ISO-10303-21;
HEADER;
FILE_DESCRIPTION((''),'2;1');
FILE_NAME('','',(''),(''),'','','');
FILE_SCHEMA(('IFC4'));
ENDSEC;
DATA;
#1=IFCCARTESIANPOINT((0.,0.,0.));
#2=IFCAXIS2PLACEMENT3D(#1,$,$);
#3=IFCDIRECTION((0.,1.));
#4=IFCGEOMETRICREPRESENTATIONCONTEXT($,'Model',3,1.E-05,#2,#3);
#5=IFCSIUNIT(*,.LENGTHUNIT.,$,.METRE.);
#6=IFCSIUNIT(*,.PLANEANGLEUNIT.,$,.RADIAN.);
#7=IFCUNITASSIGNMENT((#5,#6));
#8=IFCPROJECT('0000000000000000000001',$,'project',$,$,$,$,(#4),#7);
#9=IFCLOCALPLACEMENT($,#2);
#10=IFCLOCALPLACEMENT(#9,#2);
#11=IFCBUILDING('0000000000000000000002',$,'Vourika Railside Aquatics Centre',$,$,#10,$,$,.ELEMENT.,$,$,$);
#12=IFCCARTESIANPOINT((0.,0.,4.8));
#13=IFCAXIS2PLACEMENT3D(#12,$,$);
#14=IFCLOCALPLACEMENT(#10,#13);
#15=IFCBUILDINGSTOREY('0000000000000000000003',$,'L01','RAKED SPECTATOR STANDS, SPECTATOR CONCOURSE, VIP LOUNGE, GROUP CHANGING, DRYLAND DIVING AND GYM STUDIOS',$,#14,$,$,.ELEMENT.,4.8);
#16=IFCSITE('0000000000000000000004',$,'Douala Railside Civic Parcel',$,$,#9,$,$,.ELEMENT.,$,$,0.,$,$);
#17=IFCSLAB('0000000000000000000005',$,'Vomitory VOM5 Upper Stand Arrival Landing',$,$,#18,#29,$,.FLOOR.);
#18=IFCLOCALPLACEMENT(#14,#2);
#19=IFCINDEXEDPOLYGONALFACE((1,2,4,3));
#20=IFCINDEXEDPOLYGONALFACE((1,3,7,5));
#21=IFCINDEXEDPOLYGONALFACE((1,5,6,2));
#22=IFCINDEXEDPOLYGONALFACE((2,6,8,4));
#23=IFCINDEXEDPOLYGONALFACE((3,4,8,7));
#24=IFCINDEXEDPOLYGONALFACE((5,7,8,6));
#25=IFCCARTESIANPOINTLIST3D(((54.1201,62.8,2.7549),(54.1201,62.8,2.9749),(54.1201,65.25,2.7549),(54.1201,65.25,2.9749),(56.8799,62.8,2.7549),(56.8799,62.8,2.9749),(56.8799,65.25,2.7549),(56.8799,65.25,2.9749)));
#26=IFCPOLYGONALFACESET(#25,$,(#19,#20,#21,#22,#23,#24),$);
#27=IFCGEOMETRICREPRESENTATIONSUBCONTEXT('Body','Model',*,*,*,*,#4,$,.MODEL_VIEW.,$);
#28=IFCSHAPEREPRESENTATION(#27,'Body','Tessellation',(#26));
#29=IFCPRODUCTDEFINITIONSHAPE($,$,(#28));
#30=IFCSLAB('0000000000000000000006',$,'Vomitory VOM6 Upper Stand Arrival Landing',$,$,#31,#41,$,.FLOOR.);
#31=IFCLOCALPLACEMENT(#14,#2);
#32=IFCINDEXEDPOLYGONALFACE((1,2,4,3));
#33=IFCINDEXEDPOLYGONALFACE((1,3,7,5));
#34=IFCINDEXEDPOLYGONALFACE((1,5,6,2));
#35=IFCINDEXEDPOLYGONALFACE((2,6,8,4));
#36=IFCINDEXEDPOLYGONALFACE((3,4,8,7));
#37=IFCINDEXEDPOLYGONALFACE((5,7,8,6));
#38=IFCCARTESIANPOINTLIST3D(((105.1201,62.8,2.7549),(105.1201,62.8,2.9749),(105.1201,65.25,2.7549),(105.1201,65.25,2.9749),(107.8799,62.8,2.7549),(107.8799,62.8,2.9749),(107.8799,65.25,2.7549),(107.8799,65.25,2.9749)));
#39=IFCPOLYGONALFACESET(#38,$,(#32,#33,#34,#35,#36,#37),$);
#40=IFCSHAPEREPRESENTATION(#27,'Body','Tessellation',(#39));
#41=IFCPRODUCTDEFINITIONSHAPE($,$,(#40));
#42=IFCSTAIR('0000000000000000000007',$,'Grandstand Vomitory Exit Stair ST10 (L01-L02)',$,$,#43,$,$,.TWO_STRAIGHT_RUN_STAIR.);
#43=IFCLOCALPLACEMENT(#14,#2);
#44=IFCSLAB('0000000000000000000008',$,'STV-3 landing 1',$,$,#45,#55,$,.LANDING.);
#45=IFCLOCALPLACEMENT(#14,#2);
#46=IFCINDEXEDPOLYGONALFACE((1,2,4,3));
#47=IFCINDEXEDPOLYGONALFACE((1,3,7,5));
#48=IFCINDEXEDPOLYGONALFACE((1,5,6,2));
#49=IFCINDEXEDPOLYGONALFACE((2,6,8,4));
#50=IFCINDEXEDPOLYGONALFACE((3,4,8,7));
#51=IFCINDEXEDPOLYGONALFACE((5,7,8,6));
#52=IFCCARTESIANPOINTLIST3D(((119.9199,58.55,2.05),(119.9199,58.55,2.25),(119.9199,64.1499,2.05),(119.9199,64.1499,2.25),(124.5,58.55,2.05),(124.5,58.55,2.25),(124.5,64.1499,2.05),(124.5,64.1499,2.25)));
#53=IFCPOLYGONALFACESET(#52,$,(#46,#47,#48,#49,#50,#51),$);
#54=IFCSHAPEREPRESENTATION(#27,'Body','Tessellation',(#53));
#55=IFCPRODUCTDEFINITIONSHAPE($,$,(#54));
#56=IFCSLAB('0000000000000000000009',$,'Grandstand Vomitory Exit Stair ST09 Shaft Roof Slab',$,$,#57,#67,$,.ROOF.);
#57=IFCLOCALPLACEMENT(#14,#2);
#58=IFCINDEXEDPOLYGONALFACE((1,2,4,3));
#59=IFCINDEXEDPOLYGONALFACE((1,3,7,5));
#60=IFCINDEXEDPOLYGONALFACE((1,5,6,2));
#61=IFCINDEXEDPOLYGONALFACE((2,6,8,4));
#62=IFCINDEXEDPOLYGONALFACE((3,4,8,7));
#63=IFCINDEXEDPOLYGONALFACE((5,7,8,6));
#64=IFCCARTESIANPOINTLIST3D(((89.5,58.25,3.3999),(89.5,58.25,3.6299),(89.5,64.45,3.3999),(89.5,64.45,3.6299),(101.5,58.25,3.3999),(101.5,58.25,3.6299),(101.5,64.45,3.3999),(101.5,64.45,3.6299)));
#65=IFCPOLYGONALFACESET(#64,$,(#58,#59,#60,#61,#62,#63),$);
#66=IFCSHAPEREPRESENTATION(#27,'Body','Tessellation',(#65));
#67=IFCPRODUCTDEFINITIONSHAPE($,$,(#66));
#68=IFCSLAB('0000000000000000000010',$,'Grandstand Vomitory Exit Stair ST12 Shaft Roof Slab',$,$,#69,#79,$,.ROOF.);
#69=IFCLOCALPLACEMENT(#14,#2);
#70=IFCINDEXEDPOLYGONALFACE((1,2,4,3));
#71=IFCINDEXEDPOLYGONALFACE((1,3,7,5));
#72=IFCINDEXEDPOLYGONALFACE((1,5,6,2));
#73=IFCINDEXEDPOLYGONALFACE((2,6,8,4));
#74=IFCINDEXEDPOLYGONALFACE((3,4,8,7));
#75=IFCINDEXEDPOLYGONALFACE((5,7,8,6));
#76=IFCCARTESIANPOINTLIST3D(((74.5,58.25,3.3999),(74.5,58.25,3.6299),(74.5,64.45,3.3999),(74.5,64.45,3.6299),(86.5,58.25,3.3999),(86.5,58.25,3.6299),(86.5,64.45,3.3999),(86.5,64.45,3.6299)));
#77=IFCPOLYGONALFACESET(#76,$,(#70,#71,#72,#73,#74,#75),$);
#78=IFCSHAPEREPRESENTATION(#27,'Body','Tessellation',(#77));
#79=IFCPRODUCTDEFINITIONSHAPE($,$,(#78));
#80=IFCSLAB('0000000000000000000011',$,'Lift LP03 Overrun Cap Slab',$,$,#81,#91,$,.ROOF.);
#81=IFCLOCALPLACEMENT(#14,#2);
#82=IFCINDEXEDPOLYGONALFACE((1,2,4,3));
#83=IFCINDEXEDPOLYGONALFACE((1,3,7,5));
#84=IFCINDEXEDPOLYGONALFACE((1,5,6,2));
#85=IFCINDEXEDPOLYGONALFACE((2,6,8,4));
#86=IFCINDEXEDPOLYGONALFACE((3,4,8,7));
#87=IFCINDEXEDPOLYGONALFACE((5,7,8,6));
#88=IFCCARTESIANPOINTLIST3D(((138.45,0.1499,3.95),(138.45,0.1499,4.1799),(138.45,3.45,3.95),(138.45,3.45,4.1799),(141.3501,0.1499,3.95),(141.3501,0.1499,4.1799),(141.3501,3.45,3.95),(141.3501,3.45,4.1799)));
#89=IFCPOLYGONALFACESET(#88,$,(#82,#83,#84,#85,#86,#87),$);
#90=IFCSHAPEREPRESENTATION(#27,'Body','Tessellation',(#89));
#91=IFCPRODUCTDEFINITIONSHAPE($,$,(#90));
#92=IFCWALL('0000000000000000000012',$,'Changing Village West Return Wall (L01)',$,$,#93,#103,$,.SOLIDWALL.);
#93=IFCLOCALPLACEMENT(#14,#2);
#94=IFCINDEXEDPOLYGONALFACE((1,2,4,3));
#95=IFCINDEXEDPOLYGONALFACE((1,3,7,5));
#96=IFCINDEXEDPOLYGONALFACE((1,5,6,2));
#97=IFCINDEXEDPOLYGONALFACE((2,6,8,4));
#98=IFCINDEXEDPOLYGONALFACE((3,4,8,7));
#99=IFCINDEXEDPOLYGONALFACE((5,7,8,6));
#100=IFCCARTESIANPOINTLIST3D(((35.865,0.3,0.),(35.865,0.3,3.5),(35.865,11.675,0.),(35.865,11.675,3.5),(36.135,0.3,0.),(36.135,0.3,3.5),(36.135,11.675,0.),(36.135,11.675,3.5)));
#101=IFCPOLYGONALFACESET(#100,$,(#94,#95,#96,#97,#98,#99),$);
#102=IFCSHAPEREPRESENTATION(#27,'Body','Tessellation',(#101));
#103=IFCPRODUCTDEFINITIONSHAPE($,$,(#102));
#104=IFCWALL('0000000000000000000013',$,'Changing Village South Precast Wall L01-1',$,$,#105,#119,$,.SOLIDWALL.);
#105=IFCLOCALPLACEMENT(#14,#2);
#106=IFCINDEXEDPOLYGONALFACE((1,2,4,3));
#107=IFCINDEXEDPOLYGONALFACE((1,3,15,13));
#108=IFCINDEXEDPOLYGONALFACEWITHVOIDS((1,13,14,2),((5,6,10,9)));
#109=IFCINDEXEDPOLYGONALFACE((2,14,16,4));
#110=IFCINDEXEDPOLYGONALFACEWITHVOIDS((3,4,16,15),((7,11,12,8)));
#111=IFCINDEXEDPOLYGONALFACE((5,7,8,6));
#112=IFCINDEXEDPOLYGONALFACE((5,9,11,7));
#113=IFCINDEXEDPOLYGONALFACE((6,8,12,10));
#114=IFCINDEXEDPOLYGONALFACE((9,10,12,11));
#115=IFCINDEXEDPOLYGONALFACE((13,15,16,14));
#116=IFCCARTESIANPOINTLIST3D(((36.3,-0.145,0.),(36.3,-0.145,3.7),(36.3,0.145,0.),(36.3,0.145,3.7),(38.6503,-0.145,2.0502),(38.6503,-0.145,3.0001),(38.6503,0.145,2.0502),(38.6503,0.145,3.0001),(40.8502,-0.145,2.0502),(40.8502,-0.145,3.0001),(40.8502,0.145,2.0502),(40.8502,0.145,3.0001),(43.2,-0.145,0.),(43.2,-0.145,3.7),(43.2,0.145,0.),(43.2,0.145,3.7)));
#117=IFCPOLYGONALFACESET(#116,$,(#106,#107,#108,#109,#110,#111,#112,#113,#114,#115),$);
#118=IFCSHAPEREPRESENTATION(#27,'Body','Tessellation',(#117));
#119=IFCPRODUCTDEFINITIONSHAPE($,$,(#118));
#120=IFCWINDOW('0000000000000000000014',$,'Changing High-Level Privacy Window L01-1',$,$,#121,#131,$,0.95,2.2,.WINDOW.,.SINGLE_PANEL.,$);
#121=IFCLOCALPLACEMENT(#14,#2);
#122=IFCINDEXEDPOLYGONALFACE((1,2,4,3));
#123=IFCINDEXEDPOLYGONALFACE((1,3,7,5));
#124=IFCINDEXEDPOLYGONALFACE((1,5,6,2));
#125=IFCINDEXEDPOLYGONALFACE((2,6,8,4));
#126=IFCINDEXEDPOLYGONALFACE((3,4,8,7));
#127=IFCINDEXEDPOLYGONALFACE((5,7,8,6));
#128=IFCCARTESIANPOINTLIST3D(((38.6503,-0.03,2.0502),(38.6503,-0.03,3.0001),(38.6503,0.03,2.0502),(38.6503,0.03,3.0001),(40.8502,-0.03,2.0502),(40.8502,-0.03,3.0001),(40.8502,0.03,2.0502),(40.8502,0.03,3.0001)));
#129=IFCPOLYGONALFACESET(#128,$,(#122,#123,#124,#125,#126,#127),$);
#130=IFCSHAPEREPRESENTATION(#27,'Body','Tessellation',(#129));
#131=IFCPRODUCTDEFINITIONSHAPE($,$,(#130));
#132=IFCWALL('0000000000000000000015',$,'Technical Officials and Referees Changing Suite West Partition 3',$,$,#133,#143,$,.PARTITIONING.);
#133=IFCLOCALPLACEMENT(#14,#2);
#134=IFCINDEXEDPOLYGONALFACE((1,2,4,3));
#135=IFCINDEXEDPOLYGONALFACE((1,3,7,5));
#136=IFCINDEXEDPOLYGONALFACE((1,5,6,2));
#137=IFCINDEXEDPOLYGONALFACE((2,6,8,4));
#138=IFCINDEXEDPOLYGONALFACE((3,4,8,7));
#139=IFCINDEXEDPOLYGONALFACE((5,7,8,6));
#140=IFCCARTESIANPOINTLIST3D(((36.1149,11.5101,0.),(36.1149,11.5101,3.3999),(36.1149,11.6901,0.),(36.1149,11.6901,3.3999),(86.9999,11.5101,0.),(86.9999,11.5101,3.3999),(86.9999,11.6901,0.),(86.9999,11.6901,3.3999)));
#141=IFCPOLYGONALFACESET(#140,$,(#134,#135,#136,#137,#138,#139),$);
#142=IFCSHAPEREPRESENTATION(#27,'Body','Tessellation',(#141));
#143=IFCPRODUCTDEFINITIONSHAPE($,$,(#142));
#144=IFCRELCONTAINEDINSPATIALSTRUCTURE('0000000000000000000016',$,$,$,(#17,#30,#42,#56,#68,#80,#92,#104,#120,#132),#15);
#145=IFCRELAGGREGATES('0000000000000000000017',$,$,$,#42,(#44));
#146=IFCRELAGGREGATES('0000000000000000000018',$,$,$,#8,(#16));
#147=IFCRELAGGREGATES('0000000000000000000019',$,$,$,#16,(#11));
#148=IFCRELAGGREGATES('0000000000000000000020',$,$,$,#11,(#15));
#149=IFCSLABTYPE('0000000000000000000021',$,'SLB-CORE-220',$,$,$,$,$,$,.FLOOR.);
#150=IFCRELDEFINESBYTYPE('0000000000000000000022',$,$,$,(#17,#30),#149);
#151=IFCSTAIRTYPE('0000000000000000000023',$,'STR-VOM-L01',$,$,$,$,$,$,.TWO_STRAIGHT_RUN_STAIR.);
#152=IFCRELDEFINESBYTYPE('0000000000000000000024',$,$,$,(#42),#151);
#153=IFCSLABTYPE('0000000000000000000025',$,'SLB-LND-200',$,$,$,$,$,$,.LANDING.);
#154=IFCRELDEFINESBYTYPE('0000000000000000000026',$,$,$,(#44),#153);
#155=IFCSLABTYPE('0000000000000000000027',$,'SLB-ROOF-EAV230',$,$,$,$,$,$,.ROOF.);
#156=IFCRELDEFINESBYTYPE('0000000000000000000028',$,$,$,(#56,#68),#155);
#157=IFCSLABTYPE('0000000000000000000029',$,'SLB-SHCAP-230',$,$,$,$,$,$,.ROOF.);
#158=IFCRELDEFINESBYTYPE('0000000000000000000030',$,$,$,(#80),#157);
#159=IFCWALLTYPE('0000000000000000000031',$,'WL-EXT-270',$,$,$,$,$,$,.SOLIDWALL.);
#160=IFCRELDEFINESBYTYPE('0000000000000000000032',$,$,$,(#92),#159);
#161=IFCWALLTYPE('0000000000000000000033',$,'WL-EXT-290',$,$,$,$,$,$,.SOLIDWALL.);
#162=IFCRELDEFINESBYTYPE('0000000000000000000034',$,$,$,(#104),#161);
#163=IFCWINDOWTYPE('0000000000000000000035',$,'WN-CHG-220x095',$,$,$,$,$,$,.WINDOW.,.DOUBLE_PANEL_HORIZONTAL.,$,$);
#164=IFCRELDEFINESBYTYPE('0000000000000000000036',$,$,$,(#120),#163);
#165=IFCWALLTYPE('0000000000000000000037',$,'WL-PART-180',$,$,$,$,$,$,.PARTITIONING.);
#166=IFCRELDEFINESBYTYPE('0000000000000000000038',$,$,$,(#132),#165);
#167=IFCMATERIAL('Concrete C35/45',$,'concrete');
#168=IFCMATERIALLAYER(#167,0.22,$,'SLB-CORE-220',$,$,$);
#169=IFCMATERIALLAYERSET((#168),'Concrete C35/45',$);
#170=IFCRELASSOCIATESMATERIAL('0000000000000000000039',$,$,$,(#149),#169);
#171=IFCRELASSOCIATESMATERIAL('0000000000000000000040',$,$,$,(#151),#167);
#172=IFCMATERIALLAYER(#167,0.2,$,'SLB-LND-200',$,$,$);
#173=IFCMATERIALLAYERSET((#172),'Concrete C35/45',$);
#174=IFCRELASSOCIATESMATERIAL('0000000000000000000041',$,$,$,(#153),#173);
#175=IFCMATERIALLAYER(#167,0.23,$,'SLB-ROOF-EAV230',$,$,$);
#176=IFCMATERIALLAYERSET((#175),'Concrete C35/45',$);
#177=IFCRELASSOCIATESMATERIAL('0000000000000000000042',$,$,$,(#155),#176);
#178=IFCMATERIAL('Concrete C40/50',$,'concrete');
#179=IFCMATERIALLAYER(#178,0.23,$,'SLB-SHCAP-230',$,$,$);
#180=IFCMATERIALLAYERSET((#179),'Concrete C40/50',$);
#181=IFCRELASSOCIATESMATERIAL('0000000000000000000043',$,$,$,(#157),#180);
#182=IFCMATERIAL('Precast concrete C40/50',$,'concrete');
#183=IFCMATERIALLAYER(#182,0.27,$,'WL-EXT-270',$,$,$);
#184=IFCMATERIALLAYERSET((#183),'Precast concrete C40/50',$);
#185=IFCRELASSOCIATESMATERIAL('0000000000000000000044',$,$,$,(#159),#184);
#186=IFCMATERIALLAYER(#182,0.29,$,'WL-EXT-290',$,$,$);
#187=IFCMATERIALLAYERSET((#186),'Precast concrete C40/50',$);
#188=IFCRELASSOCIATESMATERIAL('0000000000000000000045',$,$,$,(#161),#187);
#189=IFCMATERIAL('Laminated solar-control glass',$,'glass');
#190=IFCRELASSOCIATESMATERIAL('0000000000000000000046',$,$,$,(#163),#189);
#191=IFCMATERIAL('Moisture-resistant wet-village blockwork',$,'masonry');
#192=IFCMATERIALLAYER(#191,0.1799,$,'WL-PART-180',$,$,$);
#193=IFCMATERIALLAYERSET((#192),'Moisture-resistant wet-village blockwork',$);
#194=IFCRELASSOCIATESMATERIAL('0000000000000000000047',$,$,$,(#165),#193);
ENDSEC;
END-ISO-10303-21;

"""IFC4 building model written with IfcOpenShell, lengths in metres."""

from ifc_helpers import new_model, si_unit, direction, frame, frame_2d, origin, place, context, subcontext, project, spatial, polyline, rectangle, outline, extrude, material, layer, layer_set, type_object, element, fill, aggregate, save


model = new_model("IFC4")

# Units and contexts
model_context = context("Model", 3, precision=1e-05, world=origin(), true_north=direction((0.0, 1.0)))
body_context = subcontext(model_context, "Body", "Model", "MODEL_VIEW")
ifc_project = project(units=[si_unit("LENGTHUNIT", "METRE"), si_unit("PLANEANGLEUNIT", "RADIAN")], contexts=[model_context])

# Site, building, storey
site_placement = place(None, origin())
site = spatial("IfcSite", under=ifc_project, at=site_placement, Name="Douala Railside Civic Parcel", CompositionType="ELEMENT", RefElevation=0.0)
building_placement = place(site_placement, origin())
building = spatial("IfcBuilding", under=site, at=building_placement, Name="Vourika Railside Aquatics Centre", CompositionType="ELEMENT")
storey_placement = place(building_placement, frame((0.0, 0.0, 4.8)))
storey = spatial("IfcBuildingStorey", under=building, at=storey_placement, Name="L01", Description="RAKED SPECTATOR STANDS, SPECTATOR CONCOURSE, VIP LOUNGE, GROUP CHANGING, DRYLAND DIVING AND GYM STUDIOS", CompositionType="ELEMENT", Elevation=4.8)

# Shared definitions
ifc_material_1 = material(Name="Concrete C40/50", Category="concrete")

# Shared definitions
ifc_material_2 = material(Name="Concrete C35/45", Category="concrete")

# Slabs
ifc_layer_1 = layer(ifc_material_2, 0.22, Name="SLB-CORE-220")
ifc_layer_set_1 = layer_set([ifc_layer_1], Name="Concrete C35/45")
slab_type_1 = type_object("IfcSlabType", Name="SLB-CORE-220", PredefinedType="FLOOR", material=ifc_layer_set_1)
slab_1_placement = place(storey_placement, frame((0.0, 0.0, 2.7549)))
element("IfcSlab", 1, at=slab_1_placement, inside=storey, type_object=slab_type_1, Name="Vomitory VOM5 Upper Stand Arrival Landing", PredefinedType="FLOOR", context=body_context, shape_type="SweptSolid", body=[
    extrude(outline(polyline([(54.1201, 62.8), (56.8799, 62.8), (56.8799, 65.25), (54.1201, 65.25), (54.1201, 62.8)])), origin(), (0.0, 0.0, 1.0), 0.22),
])
slab_2_placement = place(storey_placement, frame((0.0, 0.0, 2.7549)))
element("IfcSlab", 2, at=slab_2_placement, inside=storey, type_object=slab_type_1, Name="Vomitory VOM6 Upper Stand Arrival Landing", PredefinedType="FLOOR", context=body_context, shape_type="SweptSolid", body=[
    extrude(outline(polyline([(105.1201, 62.8), (107.8799, 62.8), (107.8799, 65.25), (105.1201, 65.25), (105.1201, 62.8)])), origin(), (0.0, 0.0, 1.0), 0.22),
])

# Stair, slab
stair_type = type_object("IfcStairType", Name="STR-VOM-L01", PredefinedType="TWO_STRAIGHT_RUN_STAIR", material=ifc_material_2)
stair_placement = place(storey_placement, origin())
stair = element("IfcStair", 3, at=stair_placement, inside=storey, type_object=stair_type, Name="Grandstand Vomitory Exit Stair ST10 (L01-L02)", PredefinedType="TWO_STRAIGHT_RUN_STAIR")
ifc_layer_2 = layer(ifc_material_2, 0.2, Name="SLB-LND-200")
ifc_layer_set_2 = layer_set([ifc_layer_2], Name="Concrete C35/45")
slab_type_2 = type_object("IfcSlabType", Name="SLB-LND-200", PredefinedType="LANDING", material=ifc_layer_set_2)
slab_3_placement = place(storey_placement, frame((0.0, 0.0, 2.05)))
slab_3 = element("IfcSlab", 4, at=slab_3_placement, type_object=slab_type_2, Name="STV-3 landing 1", PredefinedType="LANDING", context=body_context, shape_type="SweptSolid", body=[
    extrude(outline(polyline([(119.9199, 58.55), (124.5, 58.55), (124.5, 64.1499), (119.9199, 64.1499), (119.9199, 58.55)])), origin(), (0.0, 0.0, 1.0), 0.2),
])
aggregate(stair, [slab_3])

# Slabs
ifc_layer_3 = layer(ifc_material_2, 0.23, Name="SLB-ROOF-EAV230")
ifc_layer_set_3 = layer_set([ifc_layer_3], Name="Concrete C35/45")
slab_type_3 = type_object("IfcSlabType", Name="SLB-ROOF-EAV230", PredefinedType="ROOF", material=ifc_layer_set_3)
slab_4_placement = place(storey_placement, frame((0.0, 0.0, 3.3999)))
element("IfcSlab", 5, at=slab_4_placement, inside=storey, type_object=slab_type_3, Name="Grandstand Vomitory Exit Stair ST09 Shaft Roof Slab", PredefinedType="ROOF", context=body_context, shape_type="SweptSolid", body=[
    extrude(outline(polyline([(89.5, 58.25), (101.5, 58.25), (101.5, 64.45), (89.5, 64.45), (89.5, 58.25)])), origin(), (0.0, 0.0, 1.0), 0.23),
])
slab_5_placement = place(storey_placement, frame((0.0, 0.0, 3.3999)))
element("IfcSlab", 6, at=slab_5_placement, inside=storey, type_object=slab_type_3, Name="Grandstand Vomitory Exit Stair ST12 Shaft Roof Slab", PredefinedType="ROOF", context=body_context, shape_type="SweptSolid", body=[
    extrude(outline(polyline([(74.5, 58.25), (86.5, 58.25), (86.5, 64.45), (74.5, 64.45), (74.5, 58.25)])), origin(), (0.0, 0.0, 1.0), 0.23),
])
ifc_layer_4 = layer(ifc_material_1, 0.23, Name="SLB-SHCAP-230")
ifc_layer_set_4 = layer_set([ifc_layer_4], Name="Concrete C40/50")
slab_type_4 = type_object("IfcSlabType", Name="SLB-SHCAP-230", PredefinedType="ROOF", material=ifc_layer_set_4)
slab_6_placement = place(storey_placement, frame((0.0, 0.0, 3.95)))
element("IfcSlab", 7, at=slab_6_placement, inside=storey, type_object=slab_type_4, Name="Lift LP03 Overrun Cap Slab", PredefinedType="ROOF", context=body_context, shape_type="SweptSolid", body=[
    extrude(outline(polyline([(138.45, 0.1499), (141.3501, 0.1499), (141.3501, 3.45), (138.45, 3.45), (138.45, 0.1499)])), origin(), (0.0, 0.0, 1.0), 0.23),
])

# Wall
ifc_material_3 = material(Name="Precast concrete C40/50", Category="concrete")
ifc_layer_5 = layer(ifc_material_3, 0.27, Name="WL-EXT-270")
ifc_layer_set_5 = layer_set([ifc_layer_5], Name="Precast concrete C40/50")
wall_type_1 = type_object("IfcWallType", Name="WL-EXT-270", PredefinedType="SOLIDWALL", material=ifc_layer_set_5)
wall_1_placement = place(storey_placement, frame((36.0, 11.675, 0.0), z_axis=(0.0, 0.0, 1.0), x_axis=(0.0, -1.0, 0.0)))
element("IfcWall", 8, at=wall_1_placement, inside=storey, type_object=wall_type_1, Name="Changing Village West Return Wall (L01)", PredefinedType="SOLIDWALL", context=body_context, shape_type="SweptSolid", body=[
    extrude(rectangle(XDim=11.375, YDim=0.27, at=frame_2d((5.6875, 0.0))), origin(), (0.0, 0.0, 1.0), 3.5),
])

# Wall, opening, window
ifc_layer_6 = layer(ifc_material_3, 0.29, Name="WL-EXT-290")
ifc_layer_set_6 = layer_set([ifc_layer_6], Name="Precast concrete C40/50")
wall_type_2 = type_object("IfcWallType", Name="WL-EXT-290", PredefinedType="SOLIDWALL", material=ifc_layer_set_6)
wall_2_placement = place(storey_placement, frame((36.3, 0.0, 0.0), z_axis=(0.0, 0.0, 1.0), x_axis=(1.0, 0.0, 0.0)))
wall_2 = element("IfcWall", 9, at=wall_2_placement, inside=storey, type_object=wall_type_2, Name="Changing Village South Precast Wall L01-1", PredefinedType="SOLIDWALL", context=body_context, shape_type="SweptSolid", body=[
    extrude(rectangle(XDim=6.8999, YDim=0.29, at=frame_2d((3.45, 0.0))), origin(), (0.0, 0.0, 1.0), 3.7),
])
opening_placement = place(wall_2_placement, frame((2.3501, 0.0, 2.05)))
opening = element("IfcOpeningElement", 10, at=opening_placement, cuts=wall_2, PredefinedType="OPENING", context=body_context, shape_type="SweptSolid", body=[
    extrude(rectangle(XDim=2.2, YDim=0.95, at=frame_2d((1.1001, 0.4751))), frame((0.0, 0.155, 0.0), z_axis=(0.0, -1.0, 0.0), x_axis=(1.0, 0.0, 0.0)), (0.0, 0.0, 1.0), 0.3101),
])
ifc_material_4 = material(Name="Laminated solar-control glass", Category="glass")
window_type = type_object("IfcWindowType", Name="WN-CHG-220x095", PartitioningType="DOUBLE_PANEL_HORIZONTAL", PredefinedType="WINDOW", material=ifc_material_4)
window_placement = place(opening_placement, origin())
window = element("IfcWindow", 11, at=window_placement, inside=storey, type_object=window_type, Name="Changing High-Level Privacy Window L01-1", OverallHeight=0.95, OverallWidth=2.2, PartitioningType="SINGLE_PANEL", PredefinedType="WINDOW", context=body_context, shape_type="SweptSolid", body=[
    extrude(rectangle(XDim=2.2, YDim=0.95, at=frame_2d((1.1001, 0.4751))), frame((0.0, 0.03, 0.0), z_axis=(0.0, -1.0, 0.0), x_axis=(1.0, 0.0, 0.0)), (0.0, 0.0, 1.0), 0.0601),
])
fill(opening, window)

# Wall
ifc_material_5 = material(Name="Moisture-resistant wet-village blockwork", Category="masonry")
ifc_layer_7 = layer(ifc_material_5, 0.1799, Name="WL-PART-180")
ifc_layer_set_7 = layer_set([ifc_layer_7], Name="Moisture-resistant wet-village blockwork")
wall_type_3 = type_object("IfcWallType", Name="WL-PART-180", PredefinedType="PARTITIONING", material=ifc_layer_set_7)
wall_3_placement = place(storey_placement, frame((36.115, 11.6001, 0.0), z_axis=(0.0, 0.0, 1.0), x_axis=(1.0, 0.0, 0.0)))
element("IfcWall", 12, at=wall_3_placement, inside=storey, type_object=wall_type_3, Name="Technical Officials and Referees Changing Suite West Partition 3", PredefinedType="PARTITIONING", context=body_context, shape_type="SweptSolid", body=[
    extrude(rectangle(XDim=50.885, YDim=0.1799, at=frame_2d((25.4424, 0.0))), origin(), (0.0, 0.0, 1.0), 3.3999),
])

save(model, "model.ifc")
